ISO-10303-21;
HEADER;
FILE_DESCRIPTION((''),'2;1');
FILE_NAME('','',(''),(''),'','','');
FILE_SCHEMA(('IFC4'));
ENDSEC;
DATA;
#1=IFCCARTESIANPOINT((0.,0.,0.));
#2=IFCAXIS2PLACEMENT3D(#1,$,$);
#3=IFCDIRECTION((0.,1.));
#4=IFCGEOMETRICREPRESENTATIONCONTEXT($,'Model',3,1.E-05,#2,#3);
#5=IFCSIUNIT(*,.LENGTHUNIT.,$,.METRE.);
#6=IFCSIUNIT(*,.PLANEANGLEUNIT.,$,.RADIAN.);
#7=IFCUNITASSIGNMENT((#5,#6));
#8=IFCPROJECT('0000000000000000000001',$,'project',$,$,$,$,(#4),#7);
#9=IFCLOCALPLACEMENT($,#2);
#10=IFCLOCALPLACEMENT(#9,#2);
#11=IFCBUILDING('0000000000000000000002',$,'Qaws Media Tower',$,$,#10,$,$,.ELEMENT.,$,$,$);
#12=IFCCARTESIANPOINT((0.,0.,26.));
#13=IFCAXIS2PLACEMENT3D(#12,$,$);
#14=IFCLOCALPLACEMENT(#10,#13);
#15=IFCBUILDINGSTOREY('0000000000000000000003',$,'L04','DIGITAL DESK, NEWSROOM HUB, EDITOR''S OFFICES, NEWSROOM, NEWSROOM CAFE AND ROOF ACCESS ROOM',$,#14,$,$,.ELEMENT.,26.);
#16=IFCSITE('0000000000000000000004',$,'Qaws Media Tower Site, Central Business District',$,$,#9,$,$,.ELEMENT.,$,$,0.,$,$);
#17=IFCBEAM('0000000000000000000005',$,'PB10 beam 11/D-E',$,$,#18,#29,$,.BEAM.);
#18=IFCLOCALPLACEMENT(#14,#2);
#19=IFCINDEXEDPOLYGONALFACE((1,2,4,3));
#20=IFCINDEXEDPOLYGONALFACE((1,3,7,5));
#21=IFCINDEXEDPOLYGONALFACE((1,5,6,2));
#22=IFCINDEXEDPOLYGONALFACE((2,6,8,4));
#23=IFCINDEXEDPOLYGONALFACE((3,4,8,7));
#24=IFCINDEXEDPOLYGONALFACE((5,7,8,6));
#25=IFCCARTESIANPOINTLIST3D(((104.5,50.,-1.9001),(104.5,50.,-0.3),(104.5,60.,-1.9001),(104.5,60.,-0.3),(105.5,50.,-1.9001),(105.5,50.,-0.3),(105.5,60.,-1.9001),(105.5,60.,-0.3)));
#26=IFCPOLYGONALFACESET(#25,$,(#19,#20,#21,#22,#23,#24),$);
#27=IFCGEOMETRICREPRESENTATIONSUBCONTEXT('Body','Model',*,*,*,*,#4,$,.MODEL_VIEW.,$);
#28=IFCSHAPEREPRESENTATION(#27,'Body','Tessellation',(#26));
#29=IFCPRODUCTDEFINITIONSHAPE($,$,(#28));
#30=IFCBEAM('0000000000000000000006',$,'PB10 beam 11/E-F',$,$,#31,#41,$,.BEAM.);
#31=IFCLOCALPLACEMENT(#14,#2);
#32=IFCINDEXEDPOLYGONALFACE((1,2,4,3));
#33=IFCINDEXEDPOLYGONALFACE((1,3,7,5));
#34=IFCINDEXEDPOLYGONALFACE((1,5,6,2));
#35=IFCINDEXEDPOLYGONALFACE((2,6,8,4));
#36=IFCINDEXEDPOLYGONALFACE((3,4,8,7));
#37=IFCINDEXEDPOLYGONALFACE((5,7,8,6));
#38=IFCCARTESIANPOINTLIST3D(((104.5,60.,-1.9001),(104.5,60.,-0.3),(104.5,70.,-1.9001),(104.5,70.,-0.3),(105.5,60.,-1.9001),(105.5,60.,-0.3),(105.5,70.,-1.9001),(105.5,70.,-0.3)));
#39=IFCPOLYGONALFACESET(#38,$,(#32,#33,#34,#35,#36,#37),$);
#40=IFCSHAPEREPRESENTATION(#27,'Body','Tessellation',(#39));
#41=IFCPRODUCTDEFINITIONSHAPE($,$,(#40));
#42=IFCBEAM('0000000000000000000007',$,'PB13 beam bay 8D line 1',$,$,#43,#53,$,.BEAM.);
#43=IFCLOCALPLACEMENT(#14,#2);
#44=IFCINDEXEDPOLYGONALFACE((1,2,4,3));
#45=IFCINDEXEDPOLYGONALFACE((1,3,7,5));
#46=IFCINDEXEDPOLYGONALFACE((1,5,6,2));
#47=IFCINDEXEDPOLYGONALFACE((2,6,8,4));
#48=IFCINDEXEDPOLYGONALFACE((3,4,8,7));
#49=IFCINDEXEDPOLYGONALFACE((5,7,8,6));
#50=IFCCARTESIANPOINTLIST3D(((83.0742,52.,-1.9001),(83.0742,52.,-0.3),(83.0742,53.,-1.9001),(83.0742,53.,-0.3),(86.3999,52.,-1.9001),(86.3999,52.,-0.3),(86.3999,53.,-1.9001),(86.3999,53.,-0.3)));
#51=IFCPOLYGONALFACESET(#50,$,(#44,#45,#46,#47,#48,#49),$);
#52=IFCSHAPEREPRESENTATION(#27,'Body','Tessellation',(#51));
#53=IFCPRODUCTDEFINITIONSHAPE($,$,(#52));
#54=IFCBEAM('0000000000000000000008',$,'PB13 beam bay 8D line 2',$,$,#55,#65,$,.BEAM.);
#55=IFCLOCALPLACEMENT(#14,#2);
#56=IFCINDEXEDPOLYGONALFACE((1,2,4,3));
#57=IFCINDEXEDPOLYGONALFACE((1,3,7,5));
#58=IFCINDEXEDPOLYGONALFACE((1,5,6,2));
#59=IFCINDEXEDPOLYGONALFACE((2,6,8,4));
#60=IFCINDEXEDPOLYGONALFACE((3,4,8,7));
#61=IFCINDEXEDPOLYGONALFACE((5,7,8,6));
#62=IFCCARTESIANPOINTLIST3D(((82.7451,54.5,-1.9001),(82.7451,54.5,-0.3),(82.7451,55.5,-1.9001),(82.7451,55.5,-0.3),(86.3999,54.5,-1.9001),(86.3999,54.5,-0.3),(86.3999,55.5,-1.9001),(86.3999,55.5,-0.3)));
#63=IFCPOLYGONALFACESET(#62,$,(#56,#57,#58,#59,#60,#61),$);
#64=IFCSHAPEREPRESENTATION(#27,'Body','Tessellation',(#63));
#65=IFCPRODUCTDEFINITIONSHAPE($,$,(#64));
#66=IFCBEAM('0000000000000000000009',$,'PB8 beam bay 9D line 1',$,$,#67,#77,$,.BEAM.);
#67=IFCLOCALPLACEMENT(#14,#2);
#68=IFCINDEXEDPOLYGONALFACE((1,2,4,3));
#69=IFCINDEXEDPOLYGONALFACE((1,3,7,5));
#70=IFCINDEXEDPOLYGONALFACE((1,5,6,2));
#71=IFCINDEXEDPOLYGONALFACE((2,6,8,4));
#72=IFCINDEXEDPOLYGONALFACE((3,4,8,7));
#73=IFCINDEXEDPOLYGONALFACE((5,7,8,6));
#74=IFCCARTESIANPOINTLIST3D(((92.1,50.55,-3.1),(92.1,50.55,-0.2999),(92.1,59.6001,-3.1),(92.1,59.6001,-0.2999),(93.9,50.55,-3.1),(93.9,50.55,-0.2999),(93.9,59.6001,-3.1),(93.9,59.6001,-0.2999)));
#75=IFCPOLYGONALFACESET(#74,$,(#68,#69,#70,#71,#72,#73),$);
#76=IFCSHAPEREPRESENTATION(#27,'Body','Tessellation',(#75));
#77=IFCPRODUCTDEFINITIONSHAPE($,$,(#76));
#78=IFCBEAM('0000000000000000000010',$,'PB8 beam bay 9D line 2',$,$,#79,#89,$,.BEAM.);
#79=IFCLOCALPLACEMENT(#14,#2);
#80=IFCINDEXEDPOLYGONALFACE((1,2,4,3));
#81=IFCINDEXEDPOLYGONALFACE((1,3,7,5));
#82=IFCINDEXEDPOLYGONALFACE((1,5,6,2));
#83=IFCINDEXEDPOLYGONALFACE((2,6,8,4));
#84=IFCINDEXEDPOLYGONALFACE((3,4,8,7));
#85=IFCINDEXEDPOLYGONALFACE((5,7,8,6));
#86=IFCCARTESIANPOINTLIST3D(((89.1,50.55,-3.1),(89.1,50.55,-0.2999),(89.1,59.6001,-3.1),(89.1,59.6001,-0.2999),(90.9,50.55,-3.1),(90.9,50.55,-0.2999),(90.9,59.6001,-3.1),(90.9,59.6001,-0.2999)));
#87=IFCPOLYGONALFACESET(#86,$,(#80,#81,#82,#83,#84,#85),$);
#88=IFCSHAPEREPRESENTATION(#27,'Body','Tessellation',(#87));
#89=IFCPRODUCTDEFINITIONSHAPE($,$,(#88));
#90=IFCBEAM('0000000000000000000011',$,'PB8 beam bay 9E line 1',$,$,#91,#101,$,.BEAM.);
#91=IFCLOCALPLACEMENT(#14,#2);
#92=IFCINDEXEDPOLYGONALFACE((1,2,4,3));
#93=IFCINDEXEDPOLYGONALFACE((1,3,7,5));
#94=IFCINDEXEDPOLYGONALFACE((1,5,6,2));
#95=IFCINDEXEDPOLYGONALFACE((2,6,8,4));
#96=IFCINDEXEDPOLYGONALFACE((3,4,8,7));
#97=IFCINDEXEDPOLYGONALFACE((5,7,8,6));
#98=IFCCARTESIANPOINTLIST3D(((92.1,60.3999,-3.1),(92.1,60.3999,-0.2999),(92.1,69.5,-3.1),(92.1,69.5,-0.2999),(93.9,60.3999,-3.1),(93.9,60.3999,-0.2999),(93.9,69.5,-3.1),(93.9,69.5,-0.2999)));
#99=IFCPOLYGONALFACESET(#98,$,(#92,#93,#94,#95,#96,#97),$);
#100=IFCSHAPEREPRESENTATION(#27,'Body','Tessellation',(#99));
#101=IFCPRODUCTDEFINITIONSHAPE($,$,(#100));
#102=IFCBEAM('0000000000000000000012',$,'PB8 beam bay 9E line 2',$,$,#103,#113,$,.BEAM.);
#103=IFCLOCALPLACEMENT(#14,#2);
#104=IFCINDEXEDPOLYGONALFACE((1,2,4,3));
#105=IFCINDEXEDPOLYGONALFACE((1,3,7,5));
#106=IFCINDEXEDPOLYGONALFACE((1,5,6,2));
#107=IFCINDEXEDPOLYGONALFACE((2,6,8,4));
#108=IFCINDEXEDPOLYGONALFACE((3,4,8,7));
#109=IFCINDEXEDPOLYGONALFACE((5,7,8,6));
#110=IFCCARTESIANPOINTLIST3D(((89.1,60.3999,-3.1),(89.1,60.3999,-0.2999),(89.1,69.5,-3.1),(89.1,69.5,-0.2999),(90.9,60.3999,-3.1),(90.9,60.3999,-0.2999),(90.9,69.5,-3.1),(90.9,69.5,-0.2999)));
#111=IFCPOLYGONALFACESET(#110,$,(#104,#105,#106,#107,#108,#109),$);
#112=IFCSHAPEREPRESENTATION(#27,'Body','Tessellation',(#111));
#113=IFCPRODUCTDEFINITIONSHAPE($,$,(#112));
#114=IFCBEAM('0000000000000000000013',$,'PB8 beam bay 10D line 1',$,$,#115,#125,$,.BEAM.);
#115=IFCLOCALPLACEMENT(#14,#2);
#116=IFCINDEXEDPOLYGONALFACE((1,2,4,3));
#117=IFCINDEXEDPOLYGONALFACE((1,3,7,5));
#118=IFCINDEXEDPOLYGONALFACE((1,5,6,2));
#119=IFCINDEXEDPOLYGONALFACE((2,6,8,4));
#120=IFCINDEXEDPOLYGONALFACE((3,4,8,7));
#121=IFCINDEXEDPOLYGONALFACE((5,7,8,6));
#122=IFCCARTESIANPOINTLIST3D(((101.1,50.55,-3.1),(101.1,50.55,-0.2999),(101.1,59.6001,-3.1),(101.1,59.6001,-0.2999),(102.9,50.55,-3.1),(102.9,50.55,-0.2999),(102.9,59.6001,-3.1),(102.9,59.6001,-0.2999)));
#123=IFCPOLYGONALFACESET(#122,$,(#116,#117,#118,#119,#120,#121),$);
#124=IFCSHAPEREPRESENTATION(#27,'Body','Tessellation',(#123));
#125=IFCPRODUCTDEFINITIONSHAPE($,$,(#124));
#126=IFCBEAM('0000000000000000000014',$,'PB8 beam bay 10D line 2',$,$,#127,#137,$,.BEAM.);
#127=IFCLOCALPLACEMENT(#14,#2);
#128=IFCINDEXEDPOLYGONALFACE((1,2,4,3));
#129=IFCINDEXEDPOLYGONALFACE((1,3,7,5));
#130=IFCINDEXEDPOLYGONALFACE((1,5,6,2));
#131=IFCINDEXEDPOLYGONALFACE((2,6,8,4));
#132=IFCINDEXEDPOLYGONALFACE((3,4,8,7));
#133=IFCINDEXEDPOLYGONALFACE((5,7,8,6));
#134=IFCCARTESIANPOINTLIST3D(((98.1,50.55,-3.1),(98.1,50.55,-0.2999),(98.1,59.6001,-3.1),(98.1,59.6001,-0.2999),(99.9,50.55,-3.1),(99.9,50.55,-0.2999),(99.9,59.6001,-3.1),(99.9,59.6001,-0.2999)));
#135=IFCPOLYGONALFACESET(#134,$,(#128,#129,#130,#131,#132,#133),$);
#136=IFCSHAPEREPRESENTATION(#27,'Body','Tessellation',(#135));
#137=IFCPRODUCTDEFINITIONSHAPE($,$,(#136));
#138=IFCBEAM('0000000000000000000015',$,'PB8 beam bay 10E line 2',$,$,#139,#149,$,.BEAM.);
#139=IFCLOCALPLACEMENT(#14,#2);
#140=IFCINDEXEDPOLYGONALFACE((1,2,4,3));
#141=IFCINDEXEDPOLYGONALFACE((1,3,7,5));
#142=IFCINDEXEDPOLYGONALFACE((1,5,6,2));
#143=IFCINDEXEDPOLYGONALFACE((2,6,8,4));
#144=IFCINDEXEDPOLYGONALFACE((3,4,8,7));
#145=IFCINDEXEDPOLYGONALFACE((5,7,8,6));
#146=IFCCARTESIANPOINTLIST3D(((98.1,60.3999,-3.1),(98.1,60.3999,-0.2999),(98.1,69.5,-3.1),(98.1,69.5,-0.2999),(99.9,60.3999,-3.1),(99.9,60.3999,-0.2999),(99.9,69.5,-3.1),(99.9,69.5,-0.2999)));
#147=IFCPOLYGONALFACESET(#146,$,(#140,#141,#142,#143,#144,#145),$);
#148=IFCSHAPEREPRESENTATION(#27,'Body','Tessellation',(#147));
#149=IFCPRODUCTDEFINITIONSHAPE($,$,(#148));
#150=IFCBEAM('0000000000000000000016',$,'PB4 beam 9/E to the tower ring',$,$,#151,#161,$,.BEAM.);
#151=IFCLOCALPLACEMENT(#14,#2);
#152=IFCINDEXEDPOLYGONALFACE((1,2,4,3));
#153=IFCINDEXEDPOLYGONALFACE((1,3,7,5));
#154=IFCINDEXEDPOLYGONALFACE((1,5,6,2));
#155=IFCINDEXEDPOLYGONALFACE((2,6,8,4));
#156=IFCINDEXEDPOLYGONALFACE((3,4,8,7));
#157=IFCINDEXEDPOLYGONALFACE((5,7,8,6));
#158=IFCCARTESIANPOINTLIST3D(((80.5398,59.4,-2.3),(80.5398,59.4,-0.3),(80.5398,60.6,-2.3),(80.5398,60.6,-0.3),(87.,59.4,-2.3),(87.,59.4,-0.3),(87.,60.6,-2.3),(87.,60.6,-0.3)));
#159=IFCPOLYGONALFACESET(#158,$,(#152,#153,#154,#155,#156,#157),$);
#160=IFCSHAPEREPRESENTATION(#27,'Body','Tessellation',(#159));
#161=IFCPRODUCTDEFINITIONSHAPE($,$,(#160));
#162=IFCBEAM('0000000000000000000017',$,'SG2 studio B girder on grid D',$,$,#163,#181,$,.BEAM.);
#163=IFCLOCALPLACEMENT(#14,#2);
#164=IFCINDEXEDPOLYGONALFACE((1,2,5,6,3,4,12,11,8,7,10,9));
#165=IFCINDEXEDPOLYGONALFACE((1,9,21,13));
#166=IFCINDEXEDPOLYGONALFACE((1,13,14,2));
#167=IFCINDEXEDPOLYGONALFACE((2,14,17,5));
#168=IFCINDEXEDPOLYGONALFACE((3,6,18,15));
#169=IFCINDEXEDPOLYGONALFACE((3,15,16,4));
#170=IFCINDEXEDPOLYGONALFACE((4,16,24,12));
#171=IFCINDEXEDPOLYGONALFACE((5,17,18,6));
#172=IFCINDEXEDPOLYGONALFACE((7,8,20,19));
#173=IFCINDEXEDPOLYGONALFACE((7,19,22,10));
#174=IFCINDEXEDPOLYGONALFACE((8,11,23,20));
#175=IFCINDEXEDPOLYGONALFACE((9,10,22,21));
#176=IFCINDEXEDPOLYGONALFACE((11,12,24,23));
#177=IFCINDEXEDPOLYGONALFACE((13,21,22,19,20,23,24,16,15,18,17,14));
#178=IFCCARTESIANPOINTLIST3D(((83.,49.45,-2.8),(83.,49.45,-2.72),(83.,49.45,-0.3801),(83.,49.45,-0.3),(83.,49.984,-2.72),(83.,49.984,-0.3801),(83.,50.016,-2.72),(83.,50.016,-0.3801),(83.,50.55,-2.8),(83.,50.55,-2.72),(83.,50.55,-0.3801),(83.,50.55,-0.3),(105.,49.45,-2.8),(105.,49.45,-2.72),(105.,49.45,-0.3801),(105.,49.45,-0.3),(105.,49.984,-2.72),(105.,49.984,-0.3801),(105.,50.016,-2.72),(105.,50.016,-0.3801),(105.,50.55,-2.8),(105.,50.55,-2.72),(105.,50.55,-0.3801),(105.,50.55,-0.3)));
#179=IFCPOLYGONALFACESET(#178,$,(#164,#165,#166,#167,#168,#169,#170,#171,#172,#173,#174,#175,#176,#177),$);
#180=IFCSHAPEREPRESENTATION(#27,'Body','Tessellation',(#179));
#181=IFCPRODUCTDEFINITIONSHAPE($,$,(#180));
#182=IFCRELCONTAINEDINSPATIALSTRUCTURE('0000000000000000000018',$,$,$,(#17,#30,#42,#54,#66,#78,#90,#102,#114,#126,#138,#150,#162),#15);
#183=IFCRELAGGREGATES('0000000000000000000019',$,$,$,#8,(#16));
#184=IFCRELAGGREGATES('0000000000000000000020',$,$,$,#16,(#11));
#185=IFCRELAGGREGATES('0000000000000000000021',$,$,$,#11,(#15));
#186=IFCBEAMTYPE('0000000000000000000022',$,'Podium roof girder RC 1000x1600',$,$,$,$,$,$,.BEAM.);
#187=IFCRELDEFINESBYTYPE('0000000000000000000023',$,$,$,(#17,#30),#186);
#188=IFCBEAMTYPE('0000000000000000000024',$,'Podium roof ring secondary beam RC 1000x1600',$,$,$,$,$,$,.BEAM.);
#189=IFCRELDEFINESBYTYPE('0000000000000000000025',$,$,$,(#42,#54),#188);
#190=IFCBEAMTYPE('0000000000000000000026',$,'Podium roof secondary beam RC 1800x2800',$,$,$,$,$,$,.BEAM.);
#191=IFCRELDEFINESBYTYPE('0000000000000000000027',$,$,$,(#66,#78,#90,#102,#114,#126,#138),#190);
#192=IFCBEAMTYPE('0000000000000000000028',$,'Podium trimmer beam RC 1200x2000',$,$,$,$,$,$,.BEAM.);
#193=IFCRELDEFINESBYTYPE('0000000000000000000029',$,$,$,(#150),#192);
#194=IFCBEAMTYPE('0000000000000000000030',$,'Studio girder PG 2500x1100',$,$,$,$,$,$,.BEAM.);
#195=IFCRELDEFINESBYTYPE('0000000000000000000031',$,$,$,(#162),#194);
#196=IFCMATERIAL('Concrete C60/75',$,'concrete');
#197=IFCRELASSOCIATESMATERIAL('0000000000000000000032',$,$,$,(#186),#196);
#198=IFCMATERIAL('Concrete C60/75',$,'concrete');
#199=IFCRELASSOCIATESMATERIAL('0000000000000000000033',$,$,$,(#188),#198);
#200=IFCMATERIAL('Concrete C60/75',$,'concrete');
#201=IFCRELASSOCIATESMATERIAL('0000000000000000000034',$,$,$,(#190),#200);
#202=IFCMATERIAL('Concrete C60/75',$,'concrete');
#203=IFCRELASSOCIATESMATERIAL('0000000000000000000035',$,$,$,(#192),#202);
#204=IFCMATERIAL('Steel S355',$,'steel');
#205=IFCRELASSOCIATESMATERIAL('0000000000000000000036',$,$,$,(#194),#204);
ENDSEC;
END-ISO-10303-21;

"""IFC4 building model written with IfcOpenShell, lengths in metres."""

from ifc_helpers import new_model, si_unit, direction, frame, origin, origin_2d, place, context, subcontext, project, spatial, rectangle, i_section, extrude, material, material_profile, profile_set, type_object, element, save


model = new_model("IFC4")

# Units and contexts
model_context = context("Model", 3, precision=1e-05, world=origin(), true_north=direction((0.0, 1.0)))
body_context = subcontext(model_context, "Body", "Model", "MODEL_VIEW")
ifc_project = project(units=[si_unit("LENGTHUNIT", "METRE"), si_unit("PLANEANGLEUNIT", "RADIAN")], contexts=[model_context])

# Site, building, storey
site_placement = place(None, origin())
site = spatial("IfcSite", under=ifc_project, at=site_placement, Name="Qaws Media Tower Site, Central Business District", CompositionType="ELEMENT", RefElevation=0.0)
building_placement = place(site_placement, origin())
building = spatial("IfcBuilding", under=site, at=building_placement, Name="Qaws Media Tower", CompositionType="ELEMENT")
storey_placement = place(building_placement, frame((0.0, 0.0, 26.0)))
storey = spatial("IfcBuildingStorey", under=building, at=storey_placement, Name="L04", Description="DIGITAL DESK, NEWSROOM HUB, EDITOR'S OFFICES, NEWSROOM, NEWSROOM CAFE AND ROOF ACCESS ROOM", CompositionType="ELEMENT", Elevation=26.0)

# Beams
ifc_material_1 = material(Name="Concrete C60/75", Category="concrete")
ifc_material_profile_1 = material_profile(ifc_material_1, rectangle(XDim=1.0, YDim=1.6001, at=origin_2d()), Name="RC 1000x1600")
ifc_profile_set_1 = profile_set([ifc_material_profile_1], Name="Concrete C60/75")
beam_type_1 = type_object("IfcBeamType", Name="Podium roof girder RC 1000x1600", PredefinedType="BEAM", material=ifc_profile_set_1)
for number, where, z_axis, x_axis, name in (
    (1, (105.0, 50.0, -1.1001), (0.0, 1.0, 0.0), (-1.0, 0.0, 0.0), "PB10 beam 11/D-E"),
    (2, (105.0, 60.0, -1.1001), (0.0, 1.0, 0.0), (-1.0, 0.0, 0.0), "PB10 beam 11/E-F"),
):
    element("IfcBeam", number, at=place(storey_placement, frame(where, z_axis=z_axis, x_axis=x_axis)), inside=storey, type_object=beam_type_1, Name=name, PredefinedType="BEAM", context=body_context, shape_type="SweptSolid", body=[
        extrude(rectangle(XDim=1.0, YDim=1.6001, at=origin_2d()), origin(), (0.0, 0.0, 1.0), 10.0),
    ])
ifc_material_2 = material(Name="Concrete C60/75", Category="concrete")
ifc_material_profile_2 = material_profile(ifc_material_2, rectangle(XDim=1.0, YDim=1.6001, at=origin_2d()), Name="RC 1000x1600")
ifc_profile_set_2 = profile_set([ifc_material_profile_2], Name="Concrete C60/75")
beam_type_2 = type_object("IfcBeamType", Name="Podium roof ring secondary beam RC 1000x1600", PredefinedType="BEAM", material=ifc_profile_set_2)
beam_1_placement = place(storey_placement, frame((83.0742, 52.5, -1.1001), z_axis=(1.0, 0.0, 0.0), x_axis=(0.0, 1.0, 0.0)))
element("IfcBeam", 3, at=beam_1_placement, inside=storey, type_object=beam_type_2, Name="PB13 beam bay 8D line 1", PredefinedType="BEAM", context=body_context, shape_type="SweptSolid", body=[
    extrude(rectangle(XDim=1.0, YDim=1.6001, at=origin_2d()), origin(), (0.0, 0.0, 1.0), 3.3257),
])
beam_2_placement = place(storey_placement, frame((82.7451, 55.0, -1.1001), z_axis=(1.0, 0.0, 0.0), x_axis=(0.0, 1.0, 0.0)))
element("IfcBeam", 4, at=beam_2_placement, inside=storey, type_object=beam_type_2, Name="PB13 beam bay 8D line 2", PredefinedType="BEAM", context=body_context, shape_type="SweptSolid", body=[
    extrude(rectangle(XDim=1.0, YDim=1.6001, at=origin_2d()), origin(), (0.0, 0.0, 1.0), 3.6548),
])
ifc_material_3 = material(Name="Concrete C60/75", Category="concrete")
ifc_material_profile_3 = material_profile(ifc_material_3, rectangle(XDim=1.8, YDim=2.8, at=origin_2d()), Name="RC 1800x2800")
ifc_profile_set_3 = profile_set([ifc_material_profile_3], Name="Concrete C60/75")
beam_type_3 = type_object("IfcBeamType", Name="Podium roof secondary beam RC 1800x2800", PredefinedType="BEAM", material=ifc_profile_set_3)
for number, where, z_axis, x_axis, name in (
    (5, (93.0, 50.55, -1.7), (0.0, 1.0, 0.0), (-1.0, 0.0, 0.0), "PB8 beam bay 9D line 1"),
    (6, (90.0, 50.55, -1.7), (0.0, 1.0, 0.0), (-1.0, 0.0, 0.0), "PB8 beam bay 9D line 2"),
):
    element("IfcBeam", number, at=place(storey_placement, frame(where, z_axis=z_axis, x_axis=x_axis)), inside=storey, type_object=beam_type_3, Name=name, PredefinedType="BEAM", context=body_context, shape_type="SweptSolid", body=[
        extrude(rectangle(XDim=1.8, YDim=2.8, at=origin_2d()), origin(), (0.0, 0.0, 1.0), 9.05),
    ])
for number, where, z_axis, x_axis, name in (
    (7, (93.0, 60.3999, -1.7), (0.0, 1.0, 0.0), (-1.0, 0.0, 0.0), "PB8 beam bay 9E line 1"),
    (8, (90.0, 60.3999, -1.7), (0.0, 1.0, 0.0), (-1.0, 0.0, 0.0), "PB8 beam bay 9E line 2"),
):
    element("IfcBeam", number, at=place(storey_placement, frame(where, z_axis=z_axis, x_axis=x_axis)), inside=storey, type_object=beam_type_3, Name=name, PredefinedType="BEAM", context=body_context, shape_type="SweptSolid", body=[
        extrude(rectangle(XDim=1.8, YDim=2.8, at=origin_2d()), origin(), (0.0, 0.0, 1.0), 9.1001),
    ])
for number, where, z_axis, x_axis, name in (
    (9, (102.0, 50.55, -1.7), (0.0, 1.0, 0.0), (-1.0, 0.0, 0.0), "PB8 beam bay 10D line 1"),
    (10, (99.0, 50.55, -1.7), (0.0, 1.0, 0.0), (-1.0, 0.0, 0.0), "PB8 beam bay 10D line 2"),
):
    element("IfcBeam", number, at=place(storey_placement, frame(where, z_axis=z_axis, x_axis=x_axis)), inside=storey, type_object=beam_type_3, Name=name, PredefinedType="BEAM", context=body_context, shape_type="SweptSolid", body=[
        extrude(rectangle(XDim=1.8, YDim=2.8, at=origin_2d()), origin(), (0.0, 0.0, 1.0), 9.05),
    ])
beam_3_placement = place(storey_placement, frame((99.0, 60.3999, -1.7), z_axis=(0.0, 1.0, 0.0), x_axis=(-1.0, 0.0, 0.0)))
element("IfcBeam", 11, at=beam_3_placement, inside=storey, type_object=beam_type_3, Name="PB8 beam bay 10E line 2", PredefinedType="BEAM", context=body_context, shape_type="SweptSolid", body=[
    extrude(rectangle(XDim=1.8, YDim=2.8, at=origin_2d()), origin(), (0.0, 0.0, 1.0), 9.1001),
])
ifc_material_4 = material(Name="Concrete C60/75", Category="concrete")
ifc_material_profile_4 = material_profile(ifc_material_4, rectangle(XDim=1.2, YDim=2.0, at=origin_2d()), Name="RC 1200x2000")
ifc_profile_set_4 = profile_set([ifc_material_profile_4], Name="Concrete C60/75")
beam_type_4 = type_object("IfcBeamType", Name="Podium trimmer beam RC 1200x2000", PredefinedType="BEAM", material=ifc_profile_set_4)
beam_4_placement = place(storey_placement, frame((87.0, 60.0, -1.3), z_axis=(-1.0, 0.0, 0.0), x_axis=(0.0, -1.0, 0.0)))
element("IfcBeam", 12, at=beam_4_placement, inside=storey, type_object=beam_type_4, Name="PB4 beam 9/E to the tower ring", PredefinedType="BEAM", context=body_context, shape_type="SweptSolid", body=[
    extrude(rectangle(XDim=1.2, YDim=2.0, at=origin_2d()), origin(), (0.0, 0.0, 1.0), 6.4602),
])
ifc_material_5 = material(Name="Steel S355", Category="steel")
ifc_material_profile_5 = material_profile(ifc_material_5, i_section(OverallWidth=1.1001, OverallDepth=2.5, WebThickness=0.032, FlangeThickness=0.0801, at=origin_2d()), Name="PG 2500x1100")
ifc_profile_set_5 = profile_set([ifc_material_profile_5], Name="Steel S355")
beam_type_5 = type_object("IfcBeamType", Name="Studio girder PG 2500x1100", PredefinedType="BEAM", material=ifc_profile_set_5)
beam_5_placement = place(storey_placement, frame((83.0, 50.0, -1.55), z_axis=(1.0, 0.0, 0.0), x_axis=(0.0, 1.0, 0.0)))
element("IfcBeam", 13, at=beam_5_placement, inside=storey, type_object=beam_type_5, Name="SG2 studio B girder on grid D", PredefinedType="BEAM", context=body_context, shape_type="SweptSolid", body=[
    extrude(i_section(OverallWidth=1.1001, OverallDepth=2.5, WebThickness=0.032, FlangeThickness=0.0801, at=origin_2d()), origin(), (0.0, 0.0, 1.0), 22.0),
])

save(model, "model.ifc")
